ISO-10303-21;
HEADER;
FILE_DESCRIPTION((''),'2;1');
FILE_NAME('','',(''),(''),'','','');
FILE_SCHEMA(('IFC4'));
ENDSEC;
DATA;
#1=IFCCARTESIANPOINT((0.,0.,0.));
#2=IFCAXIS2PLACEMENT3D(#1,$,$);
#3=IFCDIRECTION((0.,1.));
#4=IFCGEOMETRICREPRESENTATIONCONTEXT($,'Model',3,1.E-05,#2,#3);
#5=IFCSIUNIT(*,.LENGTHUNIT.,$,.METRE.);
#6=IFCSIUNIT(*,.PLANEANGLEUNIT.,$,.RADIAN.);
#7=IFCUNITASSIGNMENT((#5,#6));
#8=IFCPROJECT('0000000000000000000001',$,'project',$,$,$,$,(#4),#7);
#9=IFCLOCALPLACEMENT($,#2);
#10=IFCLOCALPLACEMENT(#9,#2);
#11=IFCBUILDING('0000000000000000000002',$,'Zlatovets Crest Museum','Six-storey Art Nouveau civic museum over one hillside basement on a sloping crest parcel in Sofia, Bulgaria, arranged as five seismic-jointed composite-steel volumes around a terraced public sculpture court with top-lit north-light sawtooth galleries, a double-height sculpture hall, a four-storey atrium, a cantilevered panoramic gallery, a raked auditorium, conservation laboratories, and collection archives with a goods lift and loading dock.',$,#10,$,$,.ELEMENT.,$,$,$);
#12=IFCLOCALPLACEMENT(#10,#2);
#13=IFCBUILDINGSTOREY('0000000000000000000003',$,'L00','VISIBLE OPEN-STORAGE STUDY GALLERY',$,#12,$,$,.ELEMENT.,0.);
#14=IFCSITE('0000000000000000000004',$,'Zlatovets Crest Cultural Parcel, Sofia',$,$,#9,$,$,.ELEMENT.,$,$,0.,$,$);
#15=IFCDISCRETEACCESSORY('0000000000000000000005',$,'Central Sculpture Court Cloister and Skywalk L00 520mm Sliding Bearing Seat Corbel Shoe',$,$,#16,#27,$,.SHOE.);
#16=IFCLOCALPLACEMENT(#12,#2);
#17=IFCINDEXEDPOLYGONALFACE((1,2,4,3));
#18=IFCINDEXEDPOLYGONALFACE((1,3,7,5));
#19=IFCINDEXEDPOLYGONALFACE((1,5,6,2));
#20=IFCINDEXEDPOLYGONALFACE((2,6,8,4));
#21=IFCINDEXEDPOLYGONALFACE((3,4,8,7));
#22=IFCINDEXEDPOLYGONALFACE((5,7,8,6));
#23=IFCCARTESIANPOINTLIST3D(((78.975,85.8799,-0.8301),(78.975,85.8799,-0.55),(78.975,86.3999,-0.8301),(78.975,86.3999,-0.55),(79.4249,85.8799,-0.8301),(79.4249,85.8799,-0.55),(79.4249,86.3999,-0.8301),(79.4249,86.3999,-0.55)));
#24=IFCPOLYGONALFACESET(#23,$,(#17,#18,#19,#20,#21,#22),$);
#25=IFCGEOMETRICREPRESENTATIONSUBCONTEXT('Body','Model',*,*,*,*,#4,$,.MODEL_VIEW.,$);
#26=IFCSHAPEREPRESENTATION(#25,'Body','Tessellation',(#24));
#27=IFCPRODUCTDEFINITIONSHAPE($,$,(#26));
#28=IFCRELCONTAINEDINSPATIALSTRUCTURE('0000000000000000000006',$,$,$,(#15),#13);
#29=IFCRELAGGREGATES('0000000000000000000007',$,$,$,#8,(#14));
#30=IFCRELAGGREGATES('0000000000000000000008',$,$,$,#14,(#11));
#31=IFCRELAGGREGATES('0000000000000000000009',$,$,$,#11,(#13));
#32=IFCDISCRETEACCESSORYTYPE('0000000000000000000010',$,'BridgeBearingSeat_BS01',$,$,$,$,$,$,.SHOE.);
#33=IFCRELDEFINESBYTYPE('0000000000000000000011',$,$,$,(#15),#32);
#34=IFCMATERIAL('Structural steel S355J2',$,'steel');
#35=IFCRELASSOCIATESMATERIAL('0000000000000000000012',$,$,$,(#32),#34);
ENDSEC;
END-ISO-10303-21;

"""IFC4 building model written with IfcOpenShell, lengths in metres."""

from ifc_helpers import new_model, si_unit, direction, frame, origin, origin_2d, place, context, subcontext, project, spatial, rectangle, extrude, material, type_object, element, save


model = new_model("IFC4")

# Units and contexts
model_context = context("Model", 3, precision=1e-05, world=origin(), true_north=direction((0.0, 1.0)))
body_context = subcontext(model_context, "Body", "Model", "MODEL_VIEW")
ifc_project = project(units=[si_unit("LENGTHUNIT", "METRE"), si_unit("PLANEANGLEUNIT", "RADIAN")], contexts=[model_context])

# Site, building, storey
site_placement = place(None, origin())
site = spatial("IfcSite", under=ifc_project, at=site_placement, Name="Zlatovets Crest Cultural Parcel, Sofia", CompositionType="ELEMENT", RefElevation=0.0)
building_placement = place(site_placement, origin())
building = spatial("IfcBuilding", under=site, at=building_placement, Name="Zlatovets Crest Museum", Description="Six-storey Art Nouveau civic museum over one hillside basement on a sloping crest parcel in Sofia, Bulgaria, arranged as five seismic-jointed composite-steel volumes around a terraced public sculpture court with top-lit north-light sawtooth galleries, a double-height sculpture hall, a four-storey atrium, a cantilevered panoramic gallery, a raked auditorium, conservation laboratories, and collection archives with a goods lift and loading dock.", CompositionType="ELEMENT")
storey_placement = place(building_placement, origin())
storey = spatial("IfcBuildingStorey", under=building, at=storey_placement, Name="L00", Description="VISIBLE OPEN-STORAGE STUDY GALLERY", CompositionType="ELEMENT", Elevation=0.0)

# Shared definitions
ifc_material_1 = material(Name="Structural steel S355J2", Category="steel")

# Discrete accessory
discrete_accessory_type = type_object("IfcDiscreteAccessoryType", Name="BridgeBearingSeat_BS01", PredefinedType="SHOE", material=ifc_material_1)
discrete_accessory_placement = place(storey_placement, frame((79.2, 86.1399, -0.8301), z_axis=(0.0, 0.0, 1.0), x_axis=(1.0, 0.0, 0.0)))
element("IfcDiscreteAccessory", 1, at=discrete_accessory_placement, inside=storey, type_object=discrete_accessory_type, Name="Central Sculpture Court Cloister and Skywalk L00 520mm Sliding Bearing Seat Corbel Shoe", PredefinedType="SHOE", context=body_context, shape_type="SweptSolid", body=[
    extrude(rectangle(XDim=0.45, YDim=0.52, at=origin_2d()), origin(), (0.0, 0.0, 1.0), 0.28),
])

save(model, "model.ifc")
